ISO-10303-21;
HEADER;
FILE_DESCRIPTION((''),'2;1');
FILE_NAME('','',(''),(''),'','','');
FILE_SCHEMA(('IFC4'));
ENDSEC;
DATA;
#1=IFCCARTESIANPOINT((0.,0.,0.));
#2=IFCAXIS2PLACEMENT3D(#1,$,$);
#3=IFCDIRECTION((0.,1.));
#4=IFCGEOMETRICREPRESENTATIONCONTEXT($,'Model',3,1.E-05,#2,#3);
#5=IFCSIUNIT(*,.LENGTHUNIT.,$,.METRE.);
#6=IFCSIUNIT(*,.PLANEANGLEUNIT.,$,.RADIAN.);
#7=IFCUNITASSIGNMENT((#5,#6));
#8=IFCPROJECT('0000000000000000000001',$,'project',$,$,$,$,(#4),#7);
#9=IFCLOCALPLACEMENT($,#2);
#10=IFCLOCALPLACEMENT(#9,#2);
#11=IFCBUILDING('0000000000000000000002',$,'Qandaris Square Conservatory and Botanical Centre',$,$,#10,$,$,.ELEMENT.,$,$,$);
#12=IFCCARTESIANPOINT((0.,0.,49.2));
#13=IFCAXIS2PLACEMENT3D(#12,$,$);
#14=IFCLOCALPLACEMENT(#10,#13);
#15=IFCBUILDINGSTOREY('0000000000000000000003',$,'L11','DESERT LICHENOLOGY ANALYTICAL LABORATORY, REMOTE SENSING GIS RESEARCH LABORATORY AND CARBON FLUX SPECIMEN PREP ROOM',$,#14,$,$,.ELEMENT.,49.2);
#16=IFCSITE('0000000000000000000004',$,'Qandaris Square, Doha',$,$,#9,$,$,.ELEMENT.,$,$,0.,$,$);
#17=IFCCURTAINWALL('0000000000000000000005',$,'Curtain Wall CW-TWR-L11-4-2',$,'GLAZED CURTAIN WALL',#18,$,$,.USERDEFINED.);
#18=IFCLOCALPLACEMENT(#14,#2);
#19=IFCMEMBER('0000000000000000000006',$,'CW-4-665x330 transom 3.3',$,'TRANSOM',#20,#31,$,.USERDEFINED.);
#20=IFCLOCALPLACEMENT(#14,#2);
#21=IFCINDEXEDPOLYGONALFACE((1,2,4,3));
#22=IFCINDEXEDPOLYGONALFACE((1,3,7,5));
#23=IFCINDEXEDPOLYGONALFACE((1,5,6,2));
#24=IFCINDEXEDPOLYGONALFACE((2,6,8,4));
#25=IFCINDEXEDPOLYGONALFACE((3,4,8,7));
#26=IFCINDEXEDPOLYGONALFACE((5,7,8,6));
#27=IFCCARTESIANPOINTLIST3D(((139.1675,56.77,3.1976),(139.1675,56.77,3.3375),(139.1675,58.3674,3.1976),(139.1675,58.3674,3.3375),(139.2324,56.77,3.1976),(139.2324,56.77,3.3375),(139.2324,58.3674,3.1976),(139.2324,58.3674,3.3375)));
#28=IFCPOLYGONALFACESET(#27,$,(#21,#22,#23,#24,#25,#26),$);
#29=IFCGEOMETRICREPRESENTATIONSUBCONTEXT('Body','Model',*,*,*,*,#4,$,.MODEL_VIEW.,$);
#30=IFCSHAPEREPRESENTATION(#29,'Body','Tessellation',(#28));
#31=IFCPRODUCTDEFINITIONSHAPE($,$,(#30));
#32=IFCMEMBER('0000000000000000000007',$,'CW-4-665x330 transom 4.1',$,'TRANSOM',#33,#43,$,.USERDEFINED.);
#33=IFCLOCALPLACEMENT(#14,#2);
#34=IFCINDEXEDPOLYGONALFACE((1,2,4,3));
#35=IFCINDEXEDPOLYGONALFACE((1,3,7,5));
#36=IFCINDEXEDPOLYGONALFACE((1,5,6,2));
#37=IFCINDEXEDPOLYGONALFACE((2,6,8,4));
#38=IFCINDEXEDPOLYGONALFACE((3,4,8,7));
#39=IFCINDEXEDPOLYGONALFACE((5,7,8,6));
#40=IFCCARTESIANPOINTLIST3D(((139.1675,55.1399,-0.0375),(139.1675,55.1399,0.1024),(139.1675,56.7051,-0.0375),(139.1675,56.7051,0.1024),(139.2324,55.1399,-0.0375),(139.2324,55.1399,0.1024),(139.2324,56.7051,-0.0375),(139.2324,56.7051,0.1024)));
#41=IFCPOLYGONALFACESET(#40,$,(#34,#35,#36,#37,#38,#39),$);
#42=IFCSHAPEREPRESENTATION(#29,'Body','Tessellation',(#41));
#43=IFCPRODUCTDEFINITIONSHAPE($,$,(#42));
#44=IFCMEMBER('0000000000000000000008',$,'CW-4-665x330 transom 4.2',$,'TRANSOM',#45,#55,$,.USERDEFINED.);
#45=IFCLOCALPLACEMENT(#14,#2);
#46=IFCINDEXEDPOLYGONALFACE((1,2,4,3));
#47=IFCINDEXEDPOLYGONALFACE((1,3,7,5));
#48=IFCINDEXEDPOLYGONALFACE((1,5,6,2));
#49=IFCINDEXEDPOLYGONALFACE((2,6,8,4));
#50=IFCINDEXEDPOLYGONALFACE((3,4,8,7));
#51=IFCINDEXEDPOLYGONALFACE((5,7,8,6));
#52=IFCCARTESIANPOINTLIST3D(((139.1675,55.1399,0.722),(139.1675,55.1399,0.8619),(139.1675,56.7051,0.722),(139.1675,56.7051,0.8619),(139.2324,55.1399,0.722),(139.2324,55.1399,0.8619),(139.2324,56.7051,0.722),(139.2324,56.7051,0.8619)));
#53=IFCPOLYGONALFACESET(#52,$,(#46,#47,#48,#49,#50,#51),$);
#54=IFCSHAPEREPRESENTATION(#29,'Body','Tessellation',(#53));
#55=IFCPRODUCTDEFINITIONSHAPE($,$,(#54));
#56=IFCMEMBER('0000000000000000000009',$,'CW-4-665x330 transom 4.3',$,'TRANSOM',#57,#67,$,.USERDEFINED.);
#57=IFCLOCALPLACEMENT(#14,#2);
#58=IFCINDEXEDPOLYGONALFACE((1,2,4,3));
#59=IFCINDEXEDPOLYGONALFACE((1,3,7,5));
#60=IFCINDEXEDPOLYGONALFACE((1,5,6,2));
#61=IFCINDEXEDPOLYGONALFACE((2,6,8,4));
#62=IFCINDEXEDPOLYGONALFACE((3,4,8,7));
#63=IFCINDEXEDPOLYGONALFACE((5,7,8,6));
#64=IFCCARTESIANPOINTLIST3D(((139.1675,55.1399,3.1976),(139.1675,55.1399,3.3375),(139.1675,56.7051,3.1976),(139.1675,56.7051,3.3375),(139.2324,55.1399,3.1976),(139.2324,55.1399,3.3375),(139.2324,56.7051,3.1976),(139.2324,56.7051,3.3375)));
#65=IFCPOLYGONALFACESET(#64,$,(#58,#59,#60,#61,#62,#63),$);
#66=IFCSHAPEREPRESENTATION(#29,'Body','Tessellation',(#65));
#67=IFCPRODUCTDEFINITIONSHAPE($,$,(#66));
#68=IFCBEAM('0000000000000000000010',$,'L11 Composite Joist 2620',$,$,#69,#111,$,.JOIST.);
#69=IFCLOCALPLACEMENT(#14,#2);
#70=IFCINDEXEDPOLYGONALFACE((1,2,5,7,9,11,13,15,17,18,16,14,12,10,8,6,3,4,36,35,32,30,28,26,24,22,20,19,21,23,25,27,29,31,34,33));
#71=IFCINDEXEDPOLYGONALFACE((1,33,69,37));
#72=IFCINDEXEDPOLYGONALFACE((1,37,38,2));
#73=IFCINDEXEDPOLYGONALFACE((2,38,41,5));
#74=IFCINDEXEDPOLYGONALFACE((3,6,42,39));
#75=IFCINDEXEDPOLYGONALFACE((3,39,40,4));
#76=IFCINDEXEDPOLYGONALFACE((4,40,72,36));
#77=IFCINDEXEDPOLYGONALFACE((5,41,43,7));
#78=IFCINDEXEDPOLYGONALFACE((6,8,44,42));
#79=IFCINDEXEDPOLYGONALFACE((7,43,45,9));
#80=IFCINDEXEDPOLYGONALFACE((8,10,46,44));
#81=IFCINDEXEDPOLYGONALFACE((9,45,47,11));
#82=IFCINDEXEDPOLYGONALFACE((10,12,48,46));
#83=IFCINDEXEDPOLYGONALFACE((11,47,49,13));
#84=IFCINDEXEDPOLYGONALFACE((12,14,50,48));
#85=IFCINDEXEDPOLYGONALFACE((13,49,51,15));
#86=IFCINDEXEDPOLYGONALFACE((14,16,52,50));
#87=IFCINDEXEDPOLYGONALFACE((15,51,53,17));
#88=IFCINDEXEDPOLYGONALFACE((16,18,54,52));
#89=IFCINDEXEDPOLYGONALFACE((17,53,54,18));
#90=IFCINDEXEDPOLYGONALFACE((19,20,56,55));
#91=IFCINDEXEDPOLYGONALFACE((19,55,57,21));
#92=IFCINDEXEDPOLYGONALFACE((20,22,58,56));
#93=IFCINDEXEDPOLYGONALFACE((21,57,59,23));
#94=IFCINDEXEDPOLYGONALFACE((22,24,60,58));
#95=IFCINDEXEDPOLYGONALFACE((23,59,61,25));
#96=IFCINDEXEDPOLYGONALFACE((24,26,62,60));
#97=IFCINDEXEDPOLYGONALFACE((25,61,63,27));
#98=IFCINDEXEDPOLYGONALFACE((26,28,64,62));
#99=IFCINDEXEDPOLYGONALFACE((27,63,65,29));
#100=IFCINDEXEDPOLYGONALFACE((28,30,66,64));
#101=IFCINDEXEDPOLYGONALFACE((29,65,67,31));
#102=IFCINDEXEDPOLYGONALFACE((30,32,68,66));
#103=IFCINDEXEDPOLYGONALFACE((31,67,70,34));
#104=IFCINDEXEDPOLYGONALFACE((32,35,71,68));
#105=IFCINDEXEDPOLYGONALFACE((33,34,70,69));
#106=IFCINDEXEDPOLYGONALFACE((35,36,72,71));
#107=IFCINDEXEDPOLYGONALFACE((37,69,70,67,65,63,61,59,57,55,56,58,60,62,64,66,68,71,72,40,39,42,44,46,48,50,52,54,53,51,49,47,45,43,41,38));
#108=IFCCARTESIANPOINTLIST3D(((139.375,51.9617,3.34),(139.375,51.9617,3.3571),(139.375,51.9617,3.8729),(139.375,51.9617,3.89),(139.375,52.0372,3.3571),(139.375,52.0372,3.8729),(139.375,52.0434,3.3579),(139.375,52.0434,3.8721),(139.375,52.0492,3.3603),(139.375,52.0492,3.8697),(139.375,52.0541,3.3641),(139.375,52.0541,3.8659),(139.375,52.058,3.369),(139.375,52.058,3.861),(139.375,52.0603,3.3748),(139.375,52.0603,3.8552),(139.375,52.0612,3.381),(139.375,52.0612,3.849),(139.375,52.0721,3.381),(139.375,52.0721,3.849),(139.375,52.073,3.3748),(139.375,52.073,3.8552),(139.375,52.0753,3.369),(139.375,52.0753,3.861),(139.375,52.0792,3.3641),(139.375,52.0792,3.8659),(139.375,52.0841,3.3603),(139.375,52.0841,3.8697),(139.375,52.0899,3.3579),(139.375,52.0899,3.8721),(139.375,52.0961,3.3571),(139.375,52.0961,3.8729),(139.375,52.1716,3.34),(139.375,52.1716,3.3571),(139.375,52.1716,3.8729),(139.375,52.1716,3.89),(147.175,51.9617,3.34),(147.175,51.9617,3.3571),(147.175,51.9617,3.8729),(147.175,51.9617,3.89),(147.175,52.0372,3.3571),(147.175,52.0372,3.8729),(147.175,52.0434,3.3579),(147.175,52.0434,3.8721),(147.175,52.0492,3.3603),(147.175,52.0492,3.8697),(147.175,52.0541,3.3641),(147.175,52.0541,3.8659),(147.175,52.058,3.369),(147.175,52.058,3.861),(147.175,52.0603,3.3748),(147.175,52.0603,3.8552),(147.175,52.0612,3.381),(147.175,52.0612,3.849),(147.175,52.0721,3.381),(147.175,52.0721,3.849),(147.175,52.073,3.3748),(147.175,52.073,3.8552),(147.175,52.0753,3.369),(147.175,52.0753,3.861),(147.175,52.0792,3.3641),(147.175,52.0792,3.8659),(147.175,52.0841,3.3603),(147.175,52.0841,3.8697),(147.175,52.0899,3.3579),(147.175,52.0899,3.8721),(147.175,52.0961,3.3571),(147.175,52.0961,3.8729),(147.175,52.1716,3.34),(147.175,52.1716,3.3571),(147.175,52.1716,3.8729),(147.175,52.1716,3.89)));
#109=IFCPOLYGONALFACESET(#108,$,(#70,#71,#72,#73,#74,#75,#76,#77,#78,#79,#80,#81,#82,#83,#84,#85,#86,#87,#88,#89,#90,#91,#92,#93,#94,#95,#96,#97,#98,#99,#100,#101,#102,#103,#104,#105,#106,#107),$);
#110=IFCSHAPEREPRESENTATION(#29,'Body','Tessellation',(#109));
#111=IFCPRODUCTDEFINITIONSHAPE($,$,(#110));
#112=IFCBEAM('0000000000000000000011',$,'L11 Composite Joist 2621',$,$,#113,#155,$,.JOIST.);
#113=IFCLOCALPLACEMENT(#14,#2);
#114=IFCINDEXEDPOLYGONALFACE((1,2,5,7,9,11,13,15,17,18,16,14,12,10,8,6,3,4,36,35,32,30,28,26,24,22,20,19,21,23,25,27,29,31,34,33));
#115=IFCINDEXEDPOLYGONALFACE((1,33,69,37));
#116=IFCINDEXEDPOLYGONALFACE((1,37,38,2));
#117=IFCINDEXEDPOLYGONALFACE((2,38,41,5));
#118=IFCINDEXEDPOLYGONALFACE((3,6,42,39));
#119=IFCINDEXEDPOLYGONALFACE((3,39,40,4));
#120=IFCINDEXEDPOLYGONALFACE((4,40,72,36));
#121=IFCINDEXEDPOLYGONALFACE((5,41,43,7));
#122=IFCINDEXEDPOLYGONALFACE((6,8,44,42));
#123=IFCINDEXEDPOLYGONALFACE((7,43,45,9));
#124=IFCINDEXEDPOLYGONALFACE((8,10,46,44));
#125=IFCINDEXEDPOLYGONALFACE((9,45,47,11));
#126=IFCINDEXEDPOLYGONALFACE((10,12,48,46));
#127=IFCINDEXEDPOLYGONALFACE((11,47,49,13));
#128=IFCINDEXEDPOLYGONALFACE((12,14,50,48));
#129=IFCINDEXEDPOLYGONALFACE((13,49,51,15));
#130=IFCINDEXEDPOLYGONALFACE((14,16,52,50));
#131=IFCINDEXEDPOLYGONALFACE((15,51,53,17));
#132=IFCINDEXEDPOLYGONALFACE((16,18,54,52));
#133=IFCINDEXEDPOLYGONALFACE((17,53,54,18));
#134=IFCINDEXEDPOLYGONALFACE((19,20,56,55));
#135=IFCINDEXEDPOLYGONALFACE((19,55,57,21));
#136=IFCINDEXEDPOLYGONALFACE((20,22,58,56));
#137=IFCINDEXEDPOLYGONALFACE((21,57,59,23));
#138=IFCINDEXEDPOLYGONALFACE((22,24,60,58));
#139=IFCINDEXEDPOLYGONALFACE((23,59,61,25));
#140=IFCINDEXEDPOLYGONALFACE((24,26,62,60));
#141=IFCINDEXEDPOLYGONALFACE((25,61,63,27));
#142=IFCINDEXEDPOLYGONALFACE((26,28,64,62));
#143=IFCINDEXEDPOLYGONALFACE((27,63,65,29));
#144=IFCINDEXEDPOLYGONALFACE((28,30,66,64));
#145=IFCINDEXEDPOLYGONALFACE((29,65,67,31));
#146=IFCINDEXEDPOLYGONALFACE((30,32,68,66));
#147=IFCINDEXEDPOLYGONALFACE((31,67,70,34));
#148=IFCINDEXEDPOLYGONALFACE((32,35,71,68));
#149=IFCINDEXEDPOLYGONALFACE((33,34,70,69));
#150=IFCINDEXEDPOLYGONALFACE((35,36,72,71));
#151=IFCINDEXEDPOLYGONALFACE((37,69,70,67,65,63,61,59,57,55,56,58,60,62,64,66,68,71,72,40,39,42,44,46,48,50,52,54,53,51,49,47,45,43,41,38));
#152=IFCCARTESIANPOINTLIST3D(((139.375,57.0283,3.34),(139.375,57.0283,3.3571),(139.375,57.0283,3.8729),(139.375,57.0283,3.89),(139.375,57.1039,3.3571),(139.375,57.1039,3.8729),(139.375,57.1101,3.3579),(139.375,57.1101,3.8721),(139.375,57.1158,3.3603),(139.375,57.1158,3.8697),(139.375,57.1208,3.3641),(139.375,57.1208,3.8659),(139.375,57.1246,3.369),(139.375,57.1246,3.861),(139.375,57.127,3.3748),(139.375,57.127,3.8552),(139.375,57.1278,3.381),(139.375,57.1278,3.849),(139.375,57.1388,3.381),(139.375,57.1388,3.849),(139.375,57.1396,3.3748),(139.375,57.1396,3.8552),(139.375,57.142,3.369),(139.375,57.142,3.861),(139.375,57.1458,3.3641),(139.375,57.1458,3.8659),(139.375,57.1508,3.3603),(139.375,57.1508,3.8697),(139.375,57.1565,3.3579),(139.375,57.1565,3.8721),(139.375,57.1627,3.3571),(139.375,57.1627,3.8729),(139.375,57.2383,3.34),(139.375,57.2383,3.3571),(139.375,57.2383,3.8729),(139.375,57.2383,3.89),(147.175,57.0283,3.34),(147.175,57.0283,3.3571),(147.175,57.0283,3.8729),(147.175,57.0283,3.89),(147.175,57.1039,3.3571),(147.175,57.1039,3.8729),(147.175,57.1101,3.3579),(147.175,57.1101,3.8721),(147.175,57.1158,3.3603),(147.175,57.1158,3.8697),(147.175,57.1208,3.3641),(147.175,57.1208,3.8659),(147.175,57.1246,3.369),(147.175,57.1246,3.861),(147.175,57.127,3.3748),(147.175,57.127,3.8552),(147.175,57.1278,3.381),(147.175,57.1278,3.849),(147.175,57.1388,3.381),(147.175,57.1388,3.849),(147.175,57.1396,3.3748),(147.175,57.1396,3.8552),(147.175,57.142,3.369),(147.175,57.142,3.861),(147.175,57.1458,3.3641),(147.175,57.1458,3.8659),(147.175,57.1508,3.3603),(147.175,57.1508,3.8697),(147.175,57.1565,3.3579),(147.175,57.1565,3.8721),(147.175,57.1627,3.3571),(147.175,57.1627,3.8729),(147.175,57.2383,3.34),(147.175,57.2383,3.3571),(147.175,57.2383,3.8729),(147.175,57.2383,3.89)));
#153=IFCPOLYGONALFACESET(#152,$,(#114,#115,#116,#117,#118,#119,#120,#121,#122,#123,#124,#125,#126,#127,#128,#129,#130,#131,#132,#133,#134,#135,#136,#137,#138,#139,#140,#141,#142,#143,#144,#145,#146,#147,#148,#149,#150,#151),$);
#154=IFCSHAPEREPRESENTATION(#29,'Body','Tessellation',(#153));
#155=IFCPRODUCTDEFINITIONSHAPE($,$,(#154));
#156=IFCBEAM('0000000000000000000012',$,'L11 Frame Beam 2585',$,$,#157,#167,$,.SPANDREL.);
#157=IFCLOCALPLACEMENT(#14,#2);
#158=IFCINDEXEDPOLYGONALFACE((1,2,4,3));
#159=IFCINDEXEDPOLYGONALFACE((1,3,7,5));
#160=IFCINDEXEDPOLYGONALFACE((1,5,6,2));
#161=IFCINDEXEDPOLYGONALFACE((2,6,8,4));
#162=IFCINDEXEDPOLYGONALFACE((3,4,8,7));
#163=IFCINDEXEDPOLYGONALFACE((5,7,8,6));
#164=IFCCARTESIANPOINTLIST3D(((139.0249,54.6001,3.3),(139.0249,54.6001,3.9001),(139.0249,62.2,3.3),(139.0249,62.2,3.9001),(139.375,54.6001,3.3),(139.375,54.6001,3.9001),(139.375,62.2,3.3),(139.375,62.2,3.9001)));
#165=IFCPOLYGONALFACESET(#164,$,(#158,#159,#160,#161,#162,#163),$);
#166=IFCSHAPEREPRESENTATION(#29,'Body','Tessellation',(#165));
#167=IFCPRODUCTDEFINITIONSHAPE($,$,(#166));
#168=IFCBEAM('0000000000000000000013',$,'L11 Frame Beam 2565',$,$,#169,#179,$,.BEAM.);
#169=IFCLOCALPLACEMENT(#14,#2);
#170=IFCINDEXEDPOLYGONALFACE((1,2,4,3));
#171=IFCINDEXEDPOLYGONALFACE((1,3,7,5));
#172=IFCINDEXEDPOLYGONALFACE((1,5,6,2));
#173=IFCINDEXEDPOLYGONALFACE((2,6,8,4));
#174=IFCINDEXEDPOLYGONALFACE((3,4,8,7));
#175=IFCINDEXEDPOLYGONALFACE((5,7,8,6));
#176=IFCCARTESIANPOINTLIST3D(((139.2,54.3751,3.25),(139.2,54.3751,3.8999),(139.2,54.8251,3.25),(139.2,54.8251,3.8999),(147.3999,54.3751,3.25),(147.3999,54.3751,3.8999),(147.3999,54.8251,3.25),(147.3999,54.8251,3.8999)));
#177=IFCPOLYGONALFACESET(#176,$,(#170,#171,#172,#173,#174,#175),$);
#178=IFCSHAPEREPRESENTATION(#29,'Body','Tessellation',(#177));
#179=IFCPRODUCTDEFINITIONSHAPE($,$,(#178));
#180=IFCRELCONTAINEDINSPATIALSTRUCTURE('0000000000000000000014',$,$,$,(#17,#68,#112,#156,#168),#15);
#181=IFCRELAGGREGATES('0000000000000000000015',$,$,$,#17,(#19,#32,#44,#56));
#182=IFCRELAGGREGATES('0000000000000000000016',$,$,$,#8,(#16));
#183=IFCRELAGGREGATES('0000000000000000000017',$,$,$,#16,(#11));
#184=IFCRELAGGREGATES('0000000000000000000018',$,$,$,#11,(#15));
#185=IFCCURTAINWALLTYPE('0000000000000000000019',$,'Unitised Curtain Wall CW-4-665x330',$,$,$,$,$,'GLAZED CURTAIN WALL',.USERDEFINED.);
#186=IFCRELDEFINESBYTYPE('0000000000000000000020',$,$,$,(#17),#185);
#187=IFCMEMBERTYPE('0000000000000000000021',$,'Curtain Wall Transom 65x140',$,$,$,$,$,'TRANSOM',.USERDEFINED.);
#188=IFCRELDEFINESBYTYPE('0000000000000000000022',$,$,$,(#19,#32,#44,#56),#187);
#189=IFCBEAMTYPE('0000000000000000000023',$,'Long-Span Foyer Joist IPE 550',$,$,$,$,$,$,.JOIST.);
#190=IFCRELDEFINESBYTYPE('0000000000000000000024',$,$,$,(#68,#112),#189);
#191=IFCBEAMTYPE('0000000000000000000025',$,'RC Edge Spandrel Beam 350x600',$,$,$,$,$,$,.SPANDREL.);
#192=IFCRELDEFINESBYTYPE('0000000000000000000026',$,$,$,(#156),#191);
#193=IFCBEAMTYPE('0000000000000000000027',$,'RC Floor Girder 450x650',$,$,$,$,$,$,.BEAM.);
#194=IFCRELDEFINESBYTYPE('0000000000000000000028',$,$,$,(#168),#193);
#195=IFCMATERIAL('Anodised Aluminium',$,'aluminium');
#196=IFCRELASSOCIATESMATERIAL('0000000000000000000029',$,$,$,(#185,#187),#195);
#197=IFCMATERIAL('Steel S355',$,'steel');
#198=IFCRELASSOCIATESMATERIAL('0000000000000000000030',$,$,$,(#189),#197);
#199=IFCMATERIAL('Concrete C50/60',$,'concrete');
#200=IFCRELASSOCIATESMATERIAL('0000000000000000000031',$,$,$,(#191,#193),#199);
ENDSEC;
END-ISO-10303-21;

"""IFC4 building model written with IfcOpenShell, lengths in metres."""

from ifc_helpers import new_model, si_unit, direction, frame, origin, origin_2d, place, context, subcontext, project, spatial, rectangle, i_section, extrude, material, material_profile, profile_set, type_object, element, aggregate, save


model = new_model("IFC4")

# Units and contexts
model_context = context("Model", 3, precision=1e-05, world=origin(), true_north=direction((0.0, 1.0)))
body_context = subcontext(model_context, "Body", "Model", "MODEL_VIEW")
ifc_project = project(units=[si_unit("LENGTHUNIT", "METRE"), si_unit("PLANEANGLEUNIT", "RADIAN")], contexts=[model_context])

# Site, building, storey
site_placement = place(None, origin())
site = spatial("IfcSite", under=ifc_project, at=site_placement, Name="Qandaris Square, Doha", CompositionType="ELEMENT", RefElevation=0.0)
building_placement = place(site_placement, origin())
building = spatial("IfcBuilding", under=site, at=building_placement, Name="Qandaris Square Conservatory and Botanical Centre", CompositionType="ELEMENT")
storey_placement = place(building_placement, frame((0.0, 0.0, 49.2)))
storey = spatial("IfcBuildingStorey", under=building, at=storey_placement, Name="L11", Description="DESERT LICHENOLOGY ANALYTICAL LABORATORY, REMOTE SENSING GIS RESEARCH LABORATORY AND CARBON FLUX SPECIMEN PREP ROOM", CompositionType="ELEMENT", Elevation=49.2)

# Shared definitions
ifc_material_1 = material(Name="Concrete C50/60", Category="concrete")

# Shared definitions
ifc_material_2 = material(Name="Steel S355", Category="steel")

# Curtain wall, members
ifc_material_3 = material(Name="Anodised Aluminium", Category="aluminium")
curtain_wall_type = type_object("IfcCurtainWallType", Name="Unitised Curtain Wall CW-4-665x330", ElementType="GLAZED CURTAIN WALL", PredefinedType="USERDEFINED", material=ifc_material_3)
curtain_wall_placement = place(storey_placement, origin())
curtain_wall = element("IfcCurtainWall", 1, at=curtain_wall_placement, inside=storey, type_object=curtain_wall_type, Name="Curtain Wall CW-TWR-L11-4-2", ObjectType="GLAZED CURTAIN WALL", PredefinedType="USERDEFINED")
ifc_material_profile_1 = material_profile(ifc_material_3, rectangle(XDim=0.0649, YDim=0.1399, at=origin_2d()), Name="ALU-TRN 65x140")
ifc_profile_set_1 = profile_set([ifc_material_profile_1], Name="Anodised Aluminium")
member_type_1 = type_object("IfcMemberType", Name="Curtain Wall Transom 65x140", ElementType="TRANSOM", PredefinedType="USERDEFINED", material=ifc_profile_set_1)
member_1_placement = place(storey_placement, frame((139.2, 58.3674, 3.2676), z_axis=(0.0, -1.0, 0.0), x_axis=(1.0, 0.0, 0.0)))
member_1 = element("IfcMember", 2, at=member_1_placement, type_object=member_type_1, Name="CW-4-665x330 transom 3.3", ObjectType="TRANSOM", PredefinedType="USERDEFINED", context=body_context, shape_type="SweptSolid", body=[
    extrude(rectangle(XDim=0.0649, YDim=0.1399, at=origin_2d()), origin(), (0.0, 0.0, 1.0), 1.5974),
])
member_2_placement = place(storey_placement, frame((139.2, 56.7051, 0.0325), z_axis=(0.0, -1.0, 0.0), x_axis=(1.0, 0.0, 0.0)))
member_2 = element("IfcMember", 3, at=member_2_placement, type_object=member_type_1, Name="CW-4-665x330 transom 4.1", ObjectType="TRANSOM", PredefinedType="USERDEFINED", context=body_context, shape_type="SweptSolid", body=[
    extrude(rectangle(XDim=0.0649, YDim=0.1399, at=origin_2d()), origin(), (0.0, 0.0, 1.0), 1.5652),
])
member_3_placement = place(storey_placement, frame((139.2, 56.7051, 0.792), z_axis=(0.0, -1.0, 0.0), x_axis=(1.0, 0.0, 0.0)))
member_3 = element("IfcMember", 4, at=member_3_placement, type_object=member_type_1, Name="CW-4-665x330 transom 4.2", ObjectType="TRANSOM", PredefinedType="USERDEFINED", context=body_context, shape_type="SweptSolid", body=[
    extrude(rectangle(XDim=0.0649, YDim=0.1399, at=origin_2d()), origin(), (0.0, 0.0, 1.0), 1.5652),
])
member_4_placement = place(storey_placement, frame((139.2, 56.7051, 3.2676), z_axis=(0.0, -1.0, 0.0), x_axis=(1.0, 0.0, 0.0)))
member_4 = element("IfcMember", 5, at=member_4_placement, type_object=member_type_1, Name="CW-4-665x330 transom 4.3", ObjectType="TRANSOM", PredefinedType="USERDEFINED", context=body_context, shape_type="SweptSolid", body=[
    extrude(rectangle(XDim=0.0649, YDim=0.1399, at=origin_2d()), origin(), (0.0, 0.0, 1.0), 1.5652),
])

# Beams
ifc_material_profile_2 = material_profile(ifc_material_2, i_section(OverallWidth=0.21, OverallDepth=0.55, WebThickness=0.011, FlangeThickness=0.0171, FilletRadius=0.0239, at=origin_2d()), Name="IPE 550")
ifc_profile_set_2 = profile_set([ifc_material_profile_2], Name="Steel S355")
beam_type_1 = type_object("IfcBeamType", Name="Long-Span Foyer Joist IPE 550", PredefinedType="JOIST", material=ifc_profile_set_2)
for number, where, z_axis, x_axis, name in (
    (6, (139.375, 52.0667, 3.615), (1.0, 0.0, 0.0), (0.0, 1.0, 0.0), "L11 Composite Joist 2620"),
    (7, (139.375, 57.1333, 3.615), (1.0, 0.0, 0.0), (0.0, 1.0, 0.0), "L11 Composite Joist 2621"),
):
    element("IfcBeam", number, at=place(storey_placement, frame(where, z_axis=z_axis, x_axis=x_axis)), inside=storey, type_object=beam_type_1, Name=name, PredefinedType="JOIST", context=body_context, shape_type="SweptSolid", body=[
        extrude(i_section(OverallWidth=0.21, OverallDepth=0.55, WebThickness=0.011, FlangeThickness=0.0171, FilletRadius=0.0239, at=origin_2d()), origin(), (0.0, 0.0, 1.0), 7.8),
    ])
ifc_material_profile_3 = material_profile(ifc_material_1, rectangle(XDim=0.3501, YDim=0.6001, at=origin_2d()), Name="RC-SP 350x600")
ifc_profile_set_3 = profile_set([ifc_material_profile_3], Name="Concrete C50/60")
beam_type_2 = type_object("IfcBeamType", Name="RC Edge Spandrel Beam 350x600", PredefinedType="SPANDREL", material=ifc_profile_set_3)
beam_1_placement = place(storey_placement, frame((139.2, 54.6001, 3.6001), z_axis=(0.0, 1.0, 0.0), x_axis=(-1.0, 0.0, 0.0)))
element("IfcBeam", 8, at=beam_1_placement, inside=storey, type_object=beam_type_2, Name="L11 Frame Beam 2585", PredefinedType="SPANDREL", context=body_context, shape_type="SweptSolid", body=[
    extrude(rectangle(XDim=0.3501, YDim=0.6001, at=origin_2d()), origin(), (0.0, 0.0, 1.0), 7.5999),
])
ifc_material_profile_4 = material_profile(ifc_material_1, rectangle(XDim=0.45, YDim=0.6499, at=origin_2d()), Name="RC-BM 450x650")
ifc_profile_set_4 = profile_set([ifc_material_profile_4], Name="Concrete C50/60")
beam_type_3 = type_object("IfcBeamType", Name="RC Floor Girder 450x650", PredefinedType="BEAM", material=ifc_profile_set_4)
beam_2_placement = place(storey_placement, frame((139.2, 54.6001, 3.575), z_axis=(1.0, 0.0, 0.0), x_axis=(0.0, 1.0, 0.0)))
element("IfcBeam", 9, at=beam_2_placement, inside=storey, type_object=beam_type_3, Name="L11 Frame Beam 2565", PredefinedType="BEAM", context=body_context, shape_type="SweptSolid", body=[
    extrude(rectangle(XDim=0.45, YDim=0.6499, at=origin_2d()), origin(), (0.0, 0.0, 1.0), 8.2),
])

aggregate(curtain_wall, [member_1, member_2, member_3, member_4])

save(model, "model.ifc")
